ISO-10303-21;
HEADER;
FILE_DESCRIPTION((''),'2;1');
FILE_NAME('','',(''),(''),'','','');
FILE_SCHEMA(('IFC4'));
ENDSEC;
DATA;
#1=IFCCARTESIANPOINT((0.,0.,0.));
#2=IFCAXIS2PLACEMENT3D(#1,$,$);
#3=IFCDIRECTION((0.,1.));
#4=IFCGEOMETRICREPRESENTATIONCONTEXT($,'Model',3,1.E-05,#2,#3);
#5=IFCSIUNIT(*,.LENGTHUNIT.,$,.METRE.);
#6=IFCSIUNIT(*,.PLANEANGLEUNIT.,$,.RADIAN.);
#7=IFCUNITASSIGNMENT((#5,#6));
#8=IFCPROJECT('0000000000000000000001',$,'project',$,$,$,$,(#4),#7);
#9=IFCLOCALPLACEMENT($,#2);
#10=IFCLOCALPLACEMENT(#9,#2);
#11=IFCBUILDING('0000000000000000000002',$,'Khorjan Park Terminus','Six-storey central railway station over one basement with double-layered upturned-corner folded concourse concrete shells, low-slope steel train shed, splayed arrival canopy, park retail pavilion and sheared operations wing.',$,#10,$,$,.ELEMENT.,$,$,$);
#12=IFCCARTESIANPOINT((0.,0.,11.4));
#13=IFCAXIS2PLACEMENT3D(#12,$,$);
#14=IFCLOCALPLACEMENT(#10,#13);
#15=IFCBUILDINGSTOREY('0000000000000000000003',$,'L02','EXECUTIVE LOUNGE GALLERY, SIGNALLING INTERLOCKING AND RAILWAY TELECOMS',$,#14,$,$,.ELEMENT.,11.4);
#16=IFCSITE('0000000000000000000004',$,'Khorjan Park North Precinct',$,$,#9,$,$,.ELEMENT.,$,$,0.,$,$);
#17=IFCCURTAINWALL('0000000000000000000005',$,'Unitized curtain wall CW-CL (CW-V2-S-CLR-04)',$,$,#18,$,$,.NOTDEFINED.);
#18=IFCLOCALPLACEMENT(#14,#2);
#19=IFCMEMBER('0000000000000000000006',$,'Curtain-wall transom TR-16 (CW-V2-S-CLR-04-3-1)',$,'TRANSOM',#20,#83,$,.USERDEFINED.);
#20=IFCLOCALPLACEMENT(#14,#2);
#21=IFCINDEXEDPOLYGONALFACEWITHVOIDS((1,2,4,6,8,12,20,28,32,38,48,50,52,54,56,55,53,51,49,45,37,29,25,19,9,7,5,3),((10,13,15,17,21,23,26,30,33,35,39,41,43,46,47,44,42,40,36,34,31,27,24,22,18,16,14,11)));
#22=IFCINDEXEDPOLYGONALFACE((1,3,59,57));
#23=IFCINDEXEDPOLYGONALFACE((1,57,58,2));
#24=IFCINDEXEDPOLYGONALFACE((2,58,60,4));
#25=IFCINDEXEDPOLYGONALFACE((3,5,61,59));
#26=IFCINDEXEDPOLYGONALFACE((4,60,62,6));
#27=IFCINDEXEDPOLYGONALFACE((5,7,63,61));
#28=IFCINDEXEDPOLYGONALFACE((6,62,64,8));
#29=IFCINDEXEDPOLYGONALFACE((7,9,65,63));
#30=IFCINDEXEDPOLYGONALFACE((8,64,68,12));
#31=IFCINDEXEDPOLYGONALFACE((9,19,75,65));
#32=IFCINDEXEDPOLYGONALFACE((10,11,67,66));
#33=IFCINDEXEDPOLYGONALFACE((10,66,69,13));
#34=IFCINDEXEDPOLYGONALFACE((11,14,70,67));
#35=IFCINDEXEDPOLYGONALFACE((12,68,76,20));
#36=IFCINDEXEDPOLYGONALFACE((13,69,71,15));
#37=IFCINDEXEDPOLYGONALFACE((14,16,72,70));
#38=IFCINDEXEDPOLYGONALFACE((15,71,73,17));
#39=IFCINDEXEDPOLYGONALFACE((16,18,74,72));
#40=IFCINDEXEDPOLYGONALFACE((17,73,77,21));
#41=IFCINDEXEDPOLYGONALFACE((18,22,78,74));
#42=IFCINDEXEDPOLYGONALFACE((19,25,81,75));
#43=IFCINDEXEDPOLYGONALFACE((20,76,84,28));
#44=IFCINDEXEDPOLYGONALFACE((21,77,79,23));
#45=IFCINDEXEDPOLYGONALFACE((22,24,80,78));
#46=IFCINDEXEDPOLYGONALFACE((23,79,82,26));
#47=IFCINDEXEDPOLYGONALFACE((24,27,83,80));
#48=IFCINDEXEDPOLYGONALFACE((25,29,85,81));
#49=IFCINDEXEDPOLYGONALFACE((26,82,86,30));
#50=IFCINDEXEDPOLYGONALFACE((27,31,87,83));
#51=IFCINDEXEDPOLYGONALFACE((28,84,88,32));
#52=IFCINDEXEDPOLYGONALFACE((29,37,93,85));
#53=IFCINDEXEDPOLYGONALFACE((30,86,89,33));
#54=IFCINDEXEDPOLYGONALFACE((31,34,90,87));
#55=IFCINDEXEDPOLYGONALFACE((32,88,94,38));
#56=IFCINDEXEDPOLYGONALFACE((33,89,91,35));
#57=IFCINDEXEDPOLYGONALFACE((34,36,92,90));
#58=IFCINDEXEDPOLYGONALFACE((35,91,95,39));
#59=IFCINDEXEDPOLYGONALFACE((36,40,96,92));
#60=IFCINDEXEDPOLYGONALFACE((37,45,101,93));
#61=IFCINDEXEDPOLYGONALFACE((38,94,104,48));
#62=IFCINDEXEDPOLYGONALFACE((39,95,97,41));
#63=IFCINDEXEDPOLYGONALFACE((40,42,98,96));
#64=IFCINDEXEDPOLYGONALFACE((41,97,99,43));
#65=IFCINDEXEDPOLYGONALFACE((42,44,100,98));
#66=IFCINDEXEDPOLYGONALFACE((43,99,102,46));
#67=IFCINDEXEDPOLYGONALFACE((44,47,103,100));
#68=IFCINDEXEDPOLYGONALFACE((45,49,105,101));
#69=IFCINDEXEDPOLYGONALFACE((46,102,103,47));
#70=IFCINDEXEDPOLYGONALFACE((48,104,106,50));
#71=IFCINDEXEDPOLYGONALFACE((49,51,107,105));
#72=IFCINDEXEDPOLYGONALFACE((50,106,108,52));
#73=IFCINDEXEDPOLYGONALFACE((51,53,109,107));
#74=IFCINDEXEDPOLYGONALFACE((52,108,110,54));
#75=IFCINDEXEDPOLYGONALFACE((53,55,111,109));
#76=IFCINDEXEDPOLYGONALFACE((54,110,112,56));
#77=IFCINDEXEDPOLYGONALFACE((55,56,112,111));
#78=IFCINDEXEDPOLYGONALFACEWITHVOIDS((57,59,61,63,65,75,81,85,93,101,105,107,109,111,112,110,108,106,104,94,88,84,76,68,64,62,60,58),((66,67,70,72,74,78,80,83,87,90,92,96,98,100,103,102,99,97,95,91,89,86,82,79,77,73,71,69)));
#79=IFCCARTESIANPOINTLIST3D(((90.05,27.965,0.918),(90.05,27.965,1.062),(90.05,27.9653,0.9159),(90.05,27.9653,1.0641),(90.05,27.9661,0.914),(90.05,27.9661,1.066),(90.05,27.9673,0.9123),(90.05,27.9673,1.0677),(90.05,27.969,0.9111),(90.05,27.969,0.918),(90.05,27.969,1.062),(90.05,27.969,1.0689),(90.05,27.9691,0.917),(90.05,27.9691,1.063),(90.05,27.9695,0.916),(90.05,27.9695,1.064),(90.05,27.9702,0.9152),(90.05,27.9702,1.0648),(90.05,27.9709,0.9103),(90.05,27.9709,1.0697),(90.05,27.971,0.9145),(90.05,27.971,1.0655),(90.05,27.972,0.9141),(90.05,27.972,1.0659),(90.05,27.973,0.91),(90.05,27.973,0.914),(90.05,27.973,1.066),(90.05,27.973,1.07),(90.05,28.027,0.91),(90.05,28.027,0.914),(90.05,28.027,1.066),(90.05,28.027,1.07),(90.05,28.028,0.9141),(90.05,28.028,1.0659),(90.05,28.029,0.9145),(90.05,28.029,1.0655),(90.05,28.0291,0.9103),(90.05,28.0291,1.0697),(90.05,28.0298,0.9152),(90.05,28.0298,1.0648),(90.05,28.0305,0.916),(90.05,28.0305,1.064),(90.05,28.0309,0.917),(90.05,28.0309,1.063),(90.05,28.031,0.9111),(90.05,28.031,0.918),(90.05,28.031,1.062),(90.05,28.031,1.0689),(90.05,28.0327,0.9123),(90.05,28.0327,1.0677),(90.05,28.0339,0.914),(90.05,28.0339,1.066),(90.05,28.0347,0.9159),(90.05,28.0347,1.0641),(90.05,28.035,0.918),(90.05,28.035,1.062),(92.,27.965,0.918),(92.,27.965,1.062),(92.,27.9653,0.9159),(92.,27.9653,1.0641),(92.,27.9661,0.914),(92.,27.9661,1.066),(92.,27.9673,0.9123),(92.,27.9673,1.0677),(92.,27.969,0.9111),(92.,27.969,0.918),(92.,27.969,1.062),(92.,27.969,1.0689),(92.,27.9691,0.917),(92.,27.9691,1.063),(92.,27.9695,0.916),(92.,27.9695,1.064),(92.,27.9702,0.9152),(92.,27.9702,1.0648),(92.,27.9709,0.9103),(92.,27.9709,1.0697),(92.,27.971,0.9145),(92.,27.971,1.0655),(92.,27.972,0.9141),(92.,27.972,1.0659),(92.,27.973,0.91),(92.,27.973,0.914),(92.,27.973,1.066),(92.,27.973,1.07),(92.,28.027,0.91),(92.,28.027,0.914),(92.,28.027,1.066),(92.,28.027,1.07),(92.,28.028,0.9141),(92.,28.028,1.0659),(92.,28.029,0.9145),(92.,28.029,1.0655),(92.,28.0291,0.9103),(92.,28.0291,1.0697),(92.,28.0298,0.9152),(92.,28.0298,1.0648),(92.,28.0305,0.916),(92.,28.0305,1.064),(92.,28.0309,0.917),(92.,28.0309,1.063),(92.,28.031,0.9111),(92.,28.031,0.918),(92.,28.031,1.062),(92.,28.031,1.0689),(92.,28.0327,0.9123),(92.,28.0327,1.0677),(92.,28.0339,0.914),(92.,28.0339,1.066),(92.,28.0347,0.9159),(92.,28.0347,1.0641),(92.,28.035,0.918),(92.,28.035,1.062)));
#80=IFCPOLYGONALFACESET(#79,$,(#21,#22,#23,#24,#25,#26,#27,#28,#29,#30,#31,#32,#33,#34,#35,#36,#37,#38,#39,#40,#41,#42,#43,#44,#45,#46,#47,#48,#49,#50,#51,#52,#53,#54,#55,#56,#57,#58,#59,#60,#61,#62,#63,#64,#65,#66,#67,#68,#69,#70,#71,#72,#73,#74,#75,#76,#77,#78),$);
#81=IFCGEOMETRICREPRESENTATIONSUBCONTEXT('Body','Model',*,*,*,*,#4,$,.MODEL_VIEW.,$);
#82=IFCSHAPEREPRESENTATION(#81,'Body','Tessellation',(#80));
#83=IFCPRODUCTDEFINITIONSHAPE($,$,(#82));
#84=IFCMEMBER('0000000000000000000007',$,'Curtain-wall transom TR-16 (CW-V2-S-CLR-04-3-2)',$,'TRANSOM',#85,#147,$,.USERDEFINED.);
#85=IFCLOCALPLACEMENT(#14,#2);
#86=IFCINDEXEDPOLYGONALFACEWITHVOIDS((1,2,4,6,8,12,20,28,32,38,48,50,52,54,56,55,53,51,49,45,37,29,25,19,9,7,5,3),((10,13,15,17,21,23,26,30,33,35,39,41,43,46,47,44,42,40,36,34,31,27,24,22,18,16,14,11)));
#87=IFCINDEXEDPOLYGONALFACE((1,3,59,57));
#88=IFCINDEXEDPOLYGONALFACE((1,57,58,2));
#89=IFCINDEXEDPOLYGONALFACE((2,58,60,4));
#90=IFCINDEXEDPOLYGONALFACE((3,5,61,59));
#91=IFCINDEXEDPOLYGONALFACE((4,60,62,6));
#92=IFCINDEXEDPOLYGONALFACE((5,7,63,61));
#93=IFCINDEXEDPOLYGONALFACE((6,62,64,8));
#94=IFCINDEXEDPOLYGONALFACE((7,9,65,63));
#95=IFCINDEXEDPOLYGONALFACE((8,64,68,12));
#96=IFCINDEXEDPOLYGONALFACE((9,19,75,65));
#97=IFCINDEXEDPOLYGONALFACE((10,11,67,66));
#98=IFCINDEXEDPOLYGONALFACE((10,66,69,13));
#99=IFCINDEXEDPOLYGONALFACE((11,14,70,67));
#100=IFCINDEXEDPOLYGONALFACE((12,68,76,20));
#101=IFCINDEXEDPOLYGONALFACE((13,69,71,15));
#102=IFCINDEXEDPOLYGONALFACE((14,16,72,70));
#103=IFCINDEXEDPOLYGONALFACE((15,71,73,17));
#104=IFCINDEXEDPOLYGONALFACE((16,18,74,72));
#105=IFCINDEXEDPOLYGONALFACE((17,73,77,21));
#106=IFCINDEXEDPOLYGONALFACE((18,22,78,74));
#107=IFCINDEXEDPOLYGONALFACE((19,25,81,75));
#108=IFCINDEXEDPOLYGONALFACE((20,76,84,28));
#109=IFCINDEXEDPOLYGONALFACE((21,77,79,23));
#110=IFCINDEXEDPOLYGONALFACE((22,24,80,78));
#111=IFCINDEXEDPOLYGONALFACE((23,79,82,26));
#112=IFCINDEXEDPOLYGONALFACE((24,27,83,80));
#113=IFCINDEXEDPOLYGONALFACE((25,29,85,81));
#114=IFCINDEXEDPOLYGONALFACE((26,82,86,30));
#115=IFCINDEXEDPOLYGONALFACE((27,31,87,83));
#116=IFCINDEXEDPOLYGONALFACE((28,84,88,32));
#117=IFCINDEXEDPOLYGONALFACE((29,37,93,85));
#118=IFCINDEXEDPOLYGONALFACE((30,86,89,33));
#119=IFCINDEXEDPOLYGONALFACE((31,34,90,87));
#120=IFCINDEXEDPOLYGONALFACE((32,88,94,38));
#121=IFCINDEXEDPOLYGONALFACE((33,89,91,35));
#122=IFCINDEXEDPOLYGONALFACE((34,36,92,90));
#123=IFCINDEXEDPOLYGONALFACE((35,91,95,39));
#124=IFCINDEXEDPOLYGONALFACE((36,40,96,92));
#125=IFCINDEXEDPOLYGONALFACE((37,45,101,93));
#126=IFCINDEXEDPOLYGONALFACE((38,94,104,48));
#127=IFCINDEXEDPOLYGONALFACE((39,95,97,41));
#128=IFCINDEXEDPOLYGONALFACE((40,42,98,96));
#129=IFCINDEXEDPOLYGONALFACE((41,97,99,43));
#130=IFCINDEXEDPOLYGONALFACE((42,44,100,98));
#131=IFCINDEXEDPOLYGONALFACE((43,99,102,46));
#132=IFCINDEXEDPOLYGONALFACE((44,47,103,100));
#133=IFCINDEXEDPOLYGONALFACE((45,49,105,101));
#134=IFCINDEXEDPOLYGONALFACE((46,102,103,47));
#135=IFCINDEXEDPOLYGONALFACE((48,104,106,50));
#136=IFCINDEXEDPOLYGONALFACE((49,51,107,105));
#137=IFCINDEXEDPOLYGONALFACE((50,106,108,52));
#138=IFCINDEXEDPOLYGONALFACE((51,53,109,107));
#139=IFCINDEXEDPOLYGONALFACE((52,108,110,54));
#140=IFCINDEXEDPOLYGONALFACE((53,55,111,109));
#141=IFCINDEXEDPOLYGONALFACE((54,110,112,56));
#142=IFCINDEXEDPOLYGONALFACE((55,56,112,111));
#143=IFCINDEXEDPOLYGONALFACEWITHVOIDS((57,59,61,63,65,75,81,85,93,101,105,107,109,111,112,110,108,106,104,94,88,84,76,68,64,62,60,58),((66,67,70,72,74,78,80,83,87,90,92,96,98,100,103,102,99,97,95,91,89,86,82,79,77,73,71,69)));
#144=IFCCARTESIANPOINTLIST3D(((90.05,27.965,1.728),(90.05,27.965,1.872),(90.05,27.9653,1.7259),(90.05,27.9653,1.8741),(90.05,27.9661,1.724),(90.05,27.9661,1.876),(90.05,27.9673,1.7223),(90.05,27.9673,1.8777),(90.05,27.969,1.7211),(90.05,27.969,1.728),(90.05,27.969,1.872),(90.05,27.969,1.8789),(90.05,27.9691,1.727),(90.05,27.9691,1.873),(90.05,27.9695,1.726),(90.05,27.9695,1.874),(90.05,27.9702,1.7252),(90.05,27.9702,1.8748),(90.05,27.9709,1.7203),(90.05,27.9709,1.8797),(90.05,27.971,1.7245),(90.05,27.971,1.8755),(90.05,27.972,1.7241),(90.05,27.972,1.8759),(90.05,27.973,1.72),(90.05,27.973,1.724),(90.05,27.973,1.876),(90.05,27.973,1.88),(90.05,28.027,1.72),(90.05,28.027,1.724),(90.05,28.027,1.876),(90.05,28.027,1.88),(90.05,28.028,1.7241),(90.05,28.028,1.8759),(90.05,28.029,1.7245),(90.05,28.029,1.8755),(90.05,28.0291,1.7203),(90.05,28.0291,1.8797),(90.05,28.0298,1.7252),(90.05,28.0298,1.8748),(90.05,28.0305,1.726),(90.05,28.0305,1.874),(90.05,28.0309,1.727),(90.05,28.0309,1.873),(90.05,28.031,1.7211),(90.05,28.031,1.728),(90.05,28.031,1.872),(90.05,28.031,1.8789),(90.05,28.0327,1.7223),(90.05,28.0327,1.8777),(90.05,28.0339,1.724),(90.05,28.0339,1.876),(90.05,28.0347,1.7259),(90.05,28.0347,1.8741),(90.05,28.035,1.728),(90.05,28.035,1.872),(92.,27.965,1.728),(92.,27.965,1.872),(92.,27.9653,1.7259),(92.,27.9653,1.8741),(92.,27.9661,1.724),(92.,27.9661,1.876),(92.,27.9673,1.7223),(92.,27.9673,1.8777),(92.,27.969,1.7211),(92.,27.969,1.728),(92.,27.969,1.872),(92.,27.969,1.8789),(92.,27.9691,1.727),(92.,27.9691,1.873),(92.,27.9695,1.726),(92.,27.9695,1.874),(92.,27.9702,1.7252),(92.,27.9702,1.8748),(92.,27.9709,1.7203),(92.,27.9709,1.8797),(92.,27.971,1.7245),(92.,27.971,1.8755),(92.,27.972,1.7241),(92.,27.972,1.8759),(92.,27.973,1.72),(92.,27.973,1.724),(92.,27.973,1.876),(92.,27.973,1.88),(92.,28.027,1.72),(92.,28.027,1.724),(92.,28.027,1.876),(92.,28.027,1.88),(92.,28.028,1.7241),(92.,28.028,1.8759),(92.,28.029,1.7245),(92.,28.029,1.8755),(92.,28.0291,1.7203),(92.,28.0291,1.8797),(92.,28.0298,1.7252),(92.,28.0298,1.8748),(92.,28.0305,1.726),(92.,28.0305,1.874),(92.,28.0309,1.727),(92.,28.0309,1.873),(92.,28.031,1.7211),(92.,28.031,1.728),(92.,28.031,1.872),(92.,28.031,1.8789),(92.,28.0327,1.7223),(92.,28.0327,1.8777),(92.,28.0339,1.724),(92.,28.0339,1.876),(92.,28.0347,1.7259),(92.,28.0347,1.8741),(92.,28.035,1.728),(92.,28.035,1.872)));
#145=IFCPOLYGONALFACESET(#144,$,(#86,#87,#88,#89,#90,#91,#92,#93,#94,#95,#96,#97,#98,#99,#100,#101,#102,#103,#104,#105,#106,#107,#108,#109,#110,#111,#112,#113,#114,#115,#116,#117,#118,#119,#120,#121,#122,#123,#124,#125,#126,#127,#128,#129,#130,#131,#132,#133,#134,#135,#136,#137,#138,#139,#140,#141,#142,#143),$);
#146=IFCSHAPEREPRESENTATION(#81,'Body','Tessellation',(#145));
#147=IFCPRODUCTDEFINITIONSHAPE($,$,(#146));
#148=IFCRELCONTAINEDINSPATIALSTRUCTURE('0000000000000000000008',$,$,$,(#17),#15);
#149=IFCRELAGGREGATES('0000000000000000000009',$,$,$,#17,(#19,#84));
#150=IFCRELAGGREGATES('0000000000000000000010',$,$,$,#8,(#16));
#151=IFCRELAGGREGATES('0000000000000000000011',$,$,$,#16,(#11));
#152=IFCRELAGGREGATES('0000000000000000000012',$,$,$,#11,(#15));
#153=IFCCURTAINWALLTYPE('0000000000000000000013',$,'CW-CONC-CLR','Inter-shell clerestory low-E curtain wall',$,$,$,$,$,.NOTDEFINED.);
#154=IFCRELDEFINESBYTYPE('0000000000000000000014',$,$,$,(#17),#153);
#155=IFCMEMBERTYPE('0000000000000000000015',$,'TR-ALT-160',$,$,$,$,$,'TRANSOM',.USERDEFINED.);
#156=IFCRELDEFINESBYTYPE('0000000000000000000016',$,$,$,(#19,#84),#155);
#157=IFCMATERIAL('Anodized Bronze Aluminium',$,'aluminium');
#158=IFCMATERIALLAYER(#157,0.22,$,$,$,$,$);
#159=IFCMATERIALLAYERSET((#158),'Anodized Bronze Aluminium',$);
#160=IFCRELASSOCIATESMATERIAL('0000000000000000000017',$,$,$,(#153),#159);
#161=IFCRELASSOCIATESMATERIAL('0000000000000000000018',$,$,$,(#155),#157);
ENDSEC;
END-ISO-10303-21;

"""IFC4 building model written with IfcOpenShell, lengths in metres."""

from ifc_helpers import new_model, si_unit, direction, frame, origin, origin_2d, place, context, subcontext, project, spatial, hollow_rectangle, extrude, material, layer, layer_set, material_profile, profile_set, type_object, element, aggregate, save


model = new_model("IFC4")

# Units and contexts
model_context = context("Model", 3, precision=1e-05, world=origin(), true_north=direction((0.0, 1.0)))
body_context = subcontext(model_context, "Body", "Model", "MODEL_VIEW")
ifc_project = project(units=[si_unit("LENGTHUNIT", "METRE"), si_unit("PLANEANGLEUNIT", "RADIAN")], contexts=[model_context])

# Site, building, storey
site_placement = place(None, origin())
site = spatial("IfcSite", under=ifc_project, at=site_placement, Name="Khorjan Park North Precinct", CompositionType="ELEMENT", RefElevation=0.0)
building_placement = place(site_placement, origin())
building = spatial("IfcBuilding", under=site, at=building_placement, Name="Khorjan Park Terminus", Description="Six-storey central railway station over one basement with double-layered upturned-corner folded concourse concrete shells, low-slope steel train shed, splayed arrival canopy, park retail pavilion and sheared operations wing.", CompositionType="ELEMENT")
storey_placement = place(building_placement, frame((0.0, 0.0, 11.4)))
storey = spatial("IfcBuildingStorey", under=building, at=storey_placement, Name="L02", Description="EXECUTIVE LOUNGE GALLERY, SIGNALLING INTERLOCKING AND RAILWAY TELECOMS", CompositionType="ELEMENT", Elevation=11.4)

# Curtain wall
ifc_material_1 = material(Name="Anodized Bronze Aluminium", Category="aluminium")
ifc_layer_1 = layer(ifc_material_1, 0.22)
ifc_layer_set_1 = layer_set([ifc_layer_1], Name="Anodized Bronze Aluminium")
curtain_wall_type = type_object("IfcCurtainWallType", Name="CW-CONC-CLR", Description="Inter-shell clerestory low-E curtain wall", PredefinedType="NOTDEFINED", material=ifc_layer_set_1)
curtain_wall_1_placement = place(storey_placement, origin())
curtain_wall_1 = element("IfcCurtainWall", 1, at=curtain_wall_1_placement, inside=storey, type_object=curtain_wall_type, Name="Unitized curtain wall CW-CL (CW-V2-S-CLR-04)", PredefinedType="NOTDEFINED")

# Members
ifc_material_profile_1 = material_profile(ifc_material_1, hollow_rectangle(XDim=0.07, YDim=0.16, WallThickness=0.004, InnerFilletRadius=0.004, OuterFilletRadius=0.008, at=origin_2d()), Name="ALT 70x160x4")
ifc_profile_set_1 = profile_set([ifc_material_profile_1], Name="Anodized Bronze Aluminium")
member_type_1 = type_object("IfcMemberType", Name="TR-ALT-160", ElementType="TRANSOM", PredefinedType="USERDEFINED", material=ifc_profile_set_1)
member_1_placement = place(storey_placement, frame((90.05, 28.0, 0.99), z_axis=(1.0, 0.0, 0.0), x_axis=(0.0, 1.0, 0.0)))
member_1 = element("IfcMember", 2, at=member_1_placement, type_object=member_type_1, Name="Curtain-wall transom TR-16 (CW-V2-S-CLR-04-3-1)", ObjectType="TRANSOM", PredefinedType="USERDEFINED", context=body_context, shape_type="SweptSolid", body=[
    extrude(hollow_rectangle(XDim=0.07, YDim=0.16, WallThickness=0.004, InnerFilletRadius=0.004, OuterFilletRadius=0.008, at=origin_2d()), origin(), (0.0, 0.0, 1.0), 1.95),
])
member_2_placement = place(storey_placement, frame((90.05, 28.0, 1.8), z_axis=(1.0, 0.0, 0.0), x_axis=(0.0, 1.0, 0.0)))
member_2 = element("IfcMember", 3, at=member_2_placement, type_object=member_type_1, Name="Curtain-wall transom TR-16 (CW-V2-S-CLR-04-3-2)", ObjectType="TRANSOM", PredefinedType="USERDEFINED", context=body_context, shape_type="SweptSolid", body=[
    extrude(hollow_rectangle(XDim=0.07, YDim=0.16, WallThickness=0.004, InnerFilletRadius=0.004, OuterFilletRadius=0.008, at=origin_2d()), origin(), (0.0, 0.0, 1.0), 1.95),
])

aggregate(curtain_wall_1, [member_1, member_2])

save(model, "model.ifc")
